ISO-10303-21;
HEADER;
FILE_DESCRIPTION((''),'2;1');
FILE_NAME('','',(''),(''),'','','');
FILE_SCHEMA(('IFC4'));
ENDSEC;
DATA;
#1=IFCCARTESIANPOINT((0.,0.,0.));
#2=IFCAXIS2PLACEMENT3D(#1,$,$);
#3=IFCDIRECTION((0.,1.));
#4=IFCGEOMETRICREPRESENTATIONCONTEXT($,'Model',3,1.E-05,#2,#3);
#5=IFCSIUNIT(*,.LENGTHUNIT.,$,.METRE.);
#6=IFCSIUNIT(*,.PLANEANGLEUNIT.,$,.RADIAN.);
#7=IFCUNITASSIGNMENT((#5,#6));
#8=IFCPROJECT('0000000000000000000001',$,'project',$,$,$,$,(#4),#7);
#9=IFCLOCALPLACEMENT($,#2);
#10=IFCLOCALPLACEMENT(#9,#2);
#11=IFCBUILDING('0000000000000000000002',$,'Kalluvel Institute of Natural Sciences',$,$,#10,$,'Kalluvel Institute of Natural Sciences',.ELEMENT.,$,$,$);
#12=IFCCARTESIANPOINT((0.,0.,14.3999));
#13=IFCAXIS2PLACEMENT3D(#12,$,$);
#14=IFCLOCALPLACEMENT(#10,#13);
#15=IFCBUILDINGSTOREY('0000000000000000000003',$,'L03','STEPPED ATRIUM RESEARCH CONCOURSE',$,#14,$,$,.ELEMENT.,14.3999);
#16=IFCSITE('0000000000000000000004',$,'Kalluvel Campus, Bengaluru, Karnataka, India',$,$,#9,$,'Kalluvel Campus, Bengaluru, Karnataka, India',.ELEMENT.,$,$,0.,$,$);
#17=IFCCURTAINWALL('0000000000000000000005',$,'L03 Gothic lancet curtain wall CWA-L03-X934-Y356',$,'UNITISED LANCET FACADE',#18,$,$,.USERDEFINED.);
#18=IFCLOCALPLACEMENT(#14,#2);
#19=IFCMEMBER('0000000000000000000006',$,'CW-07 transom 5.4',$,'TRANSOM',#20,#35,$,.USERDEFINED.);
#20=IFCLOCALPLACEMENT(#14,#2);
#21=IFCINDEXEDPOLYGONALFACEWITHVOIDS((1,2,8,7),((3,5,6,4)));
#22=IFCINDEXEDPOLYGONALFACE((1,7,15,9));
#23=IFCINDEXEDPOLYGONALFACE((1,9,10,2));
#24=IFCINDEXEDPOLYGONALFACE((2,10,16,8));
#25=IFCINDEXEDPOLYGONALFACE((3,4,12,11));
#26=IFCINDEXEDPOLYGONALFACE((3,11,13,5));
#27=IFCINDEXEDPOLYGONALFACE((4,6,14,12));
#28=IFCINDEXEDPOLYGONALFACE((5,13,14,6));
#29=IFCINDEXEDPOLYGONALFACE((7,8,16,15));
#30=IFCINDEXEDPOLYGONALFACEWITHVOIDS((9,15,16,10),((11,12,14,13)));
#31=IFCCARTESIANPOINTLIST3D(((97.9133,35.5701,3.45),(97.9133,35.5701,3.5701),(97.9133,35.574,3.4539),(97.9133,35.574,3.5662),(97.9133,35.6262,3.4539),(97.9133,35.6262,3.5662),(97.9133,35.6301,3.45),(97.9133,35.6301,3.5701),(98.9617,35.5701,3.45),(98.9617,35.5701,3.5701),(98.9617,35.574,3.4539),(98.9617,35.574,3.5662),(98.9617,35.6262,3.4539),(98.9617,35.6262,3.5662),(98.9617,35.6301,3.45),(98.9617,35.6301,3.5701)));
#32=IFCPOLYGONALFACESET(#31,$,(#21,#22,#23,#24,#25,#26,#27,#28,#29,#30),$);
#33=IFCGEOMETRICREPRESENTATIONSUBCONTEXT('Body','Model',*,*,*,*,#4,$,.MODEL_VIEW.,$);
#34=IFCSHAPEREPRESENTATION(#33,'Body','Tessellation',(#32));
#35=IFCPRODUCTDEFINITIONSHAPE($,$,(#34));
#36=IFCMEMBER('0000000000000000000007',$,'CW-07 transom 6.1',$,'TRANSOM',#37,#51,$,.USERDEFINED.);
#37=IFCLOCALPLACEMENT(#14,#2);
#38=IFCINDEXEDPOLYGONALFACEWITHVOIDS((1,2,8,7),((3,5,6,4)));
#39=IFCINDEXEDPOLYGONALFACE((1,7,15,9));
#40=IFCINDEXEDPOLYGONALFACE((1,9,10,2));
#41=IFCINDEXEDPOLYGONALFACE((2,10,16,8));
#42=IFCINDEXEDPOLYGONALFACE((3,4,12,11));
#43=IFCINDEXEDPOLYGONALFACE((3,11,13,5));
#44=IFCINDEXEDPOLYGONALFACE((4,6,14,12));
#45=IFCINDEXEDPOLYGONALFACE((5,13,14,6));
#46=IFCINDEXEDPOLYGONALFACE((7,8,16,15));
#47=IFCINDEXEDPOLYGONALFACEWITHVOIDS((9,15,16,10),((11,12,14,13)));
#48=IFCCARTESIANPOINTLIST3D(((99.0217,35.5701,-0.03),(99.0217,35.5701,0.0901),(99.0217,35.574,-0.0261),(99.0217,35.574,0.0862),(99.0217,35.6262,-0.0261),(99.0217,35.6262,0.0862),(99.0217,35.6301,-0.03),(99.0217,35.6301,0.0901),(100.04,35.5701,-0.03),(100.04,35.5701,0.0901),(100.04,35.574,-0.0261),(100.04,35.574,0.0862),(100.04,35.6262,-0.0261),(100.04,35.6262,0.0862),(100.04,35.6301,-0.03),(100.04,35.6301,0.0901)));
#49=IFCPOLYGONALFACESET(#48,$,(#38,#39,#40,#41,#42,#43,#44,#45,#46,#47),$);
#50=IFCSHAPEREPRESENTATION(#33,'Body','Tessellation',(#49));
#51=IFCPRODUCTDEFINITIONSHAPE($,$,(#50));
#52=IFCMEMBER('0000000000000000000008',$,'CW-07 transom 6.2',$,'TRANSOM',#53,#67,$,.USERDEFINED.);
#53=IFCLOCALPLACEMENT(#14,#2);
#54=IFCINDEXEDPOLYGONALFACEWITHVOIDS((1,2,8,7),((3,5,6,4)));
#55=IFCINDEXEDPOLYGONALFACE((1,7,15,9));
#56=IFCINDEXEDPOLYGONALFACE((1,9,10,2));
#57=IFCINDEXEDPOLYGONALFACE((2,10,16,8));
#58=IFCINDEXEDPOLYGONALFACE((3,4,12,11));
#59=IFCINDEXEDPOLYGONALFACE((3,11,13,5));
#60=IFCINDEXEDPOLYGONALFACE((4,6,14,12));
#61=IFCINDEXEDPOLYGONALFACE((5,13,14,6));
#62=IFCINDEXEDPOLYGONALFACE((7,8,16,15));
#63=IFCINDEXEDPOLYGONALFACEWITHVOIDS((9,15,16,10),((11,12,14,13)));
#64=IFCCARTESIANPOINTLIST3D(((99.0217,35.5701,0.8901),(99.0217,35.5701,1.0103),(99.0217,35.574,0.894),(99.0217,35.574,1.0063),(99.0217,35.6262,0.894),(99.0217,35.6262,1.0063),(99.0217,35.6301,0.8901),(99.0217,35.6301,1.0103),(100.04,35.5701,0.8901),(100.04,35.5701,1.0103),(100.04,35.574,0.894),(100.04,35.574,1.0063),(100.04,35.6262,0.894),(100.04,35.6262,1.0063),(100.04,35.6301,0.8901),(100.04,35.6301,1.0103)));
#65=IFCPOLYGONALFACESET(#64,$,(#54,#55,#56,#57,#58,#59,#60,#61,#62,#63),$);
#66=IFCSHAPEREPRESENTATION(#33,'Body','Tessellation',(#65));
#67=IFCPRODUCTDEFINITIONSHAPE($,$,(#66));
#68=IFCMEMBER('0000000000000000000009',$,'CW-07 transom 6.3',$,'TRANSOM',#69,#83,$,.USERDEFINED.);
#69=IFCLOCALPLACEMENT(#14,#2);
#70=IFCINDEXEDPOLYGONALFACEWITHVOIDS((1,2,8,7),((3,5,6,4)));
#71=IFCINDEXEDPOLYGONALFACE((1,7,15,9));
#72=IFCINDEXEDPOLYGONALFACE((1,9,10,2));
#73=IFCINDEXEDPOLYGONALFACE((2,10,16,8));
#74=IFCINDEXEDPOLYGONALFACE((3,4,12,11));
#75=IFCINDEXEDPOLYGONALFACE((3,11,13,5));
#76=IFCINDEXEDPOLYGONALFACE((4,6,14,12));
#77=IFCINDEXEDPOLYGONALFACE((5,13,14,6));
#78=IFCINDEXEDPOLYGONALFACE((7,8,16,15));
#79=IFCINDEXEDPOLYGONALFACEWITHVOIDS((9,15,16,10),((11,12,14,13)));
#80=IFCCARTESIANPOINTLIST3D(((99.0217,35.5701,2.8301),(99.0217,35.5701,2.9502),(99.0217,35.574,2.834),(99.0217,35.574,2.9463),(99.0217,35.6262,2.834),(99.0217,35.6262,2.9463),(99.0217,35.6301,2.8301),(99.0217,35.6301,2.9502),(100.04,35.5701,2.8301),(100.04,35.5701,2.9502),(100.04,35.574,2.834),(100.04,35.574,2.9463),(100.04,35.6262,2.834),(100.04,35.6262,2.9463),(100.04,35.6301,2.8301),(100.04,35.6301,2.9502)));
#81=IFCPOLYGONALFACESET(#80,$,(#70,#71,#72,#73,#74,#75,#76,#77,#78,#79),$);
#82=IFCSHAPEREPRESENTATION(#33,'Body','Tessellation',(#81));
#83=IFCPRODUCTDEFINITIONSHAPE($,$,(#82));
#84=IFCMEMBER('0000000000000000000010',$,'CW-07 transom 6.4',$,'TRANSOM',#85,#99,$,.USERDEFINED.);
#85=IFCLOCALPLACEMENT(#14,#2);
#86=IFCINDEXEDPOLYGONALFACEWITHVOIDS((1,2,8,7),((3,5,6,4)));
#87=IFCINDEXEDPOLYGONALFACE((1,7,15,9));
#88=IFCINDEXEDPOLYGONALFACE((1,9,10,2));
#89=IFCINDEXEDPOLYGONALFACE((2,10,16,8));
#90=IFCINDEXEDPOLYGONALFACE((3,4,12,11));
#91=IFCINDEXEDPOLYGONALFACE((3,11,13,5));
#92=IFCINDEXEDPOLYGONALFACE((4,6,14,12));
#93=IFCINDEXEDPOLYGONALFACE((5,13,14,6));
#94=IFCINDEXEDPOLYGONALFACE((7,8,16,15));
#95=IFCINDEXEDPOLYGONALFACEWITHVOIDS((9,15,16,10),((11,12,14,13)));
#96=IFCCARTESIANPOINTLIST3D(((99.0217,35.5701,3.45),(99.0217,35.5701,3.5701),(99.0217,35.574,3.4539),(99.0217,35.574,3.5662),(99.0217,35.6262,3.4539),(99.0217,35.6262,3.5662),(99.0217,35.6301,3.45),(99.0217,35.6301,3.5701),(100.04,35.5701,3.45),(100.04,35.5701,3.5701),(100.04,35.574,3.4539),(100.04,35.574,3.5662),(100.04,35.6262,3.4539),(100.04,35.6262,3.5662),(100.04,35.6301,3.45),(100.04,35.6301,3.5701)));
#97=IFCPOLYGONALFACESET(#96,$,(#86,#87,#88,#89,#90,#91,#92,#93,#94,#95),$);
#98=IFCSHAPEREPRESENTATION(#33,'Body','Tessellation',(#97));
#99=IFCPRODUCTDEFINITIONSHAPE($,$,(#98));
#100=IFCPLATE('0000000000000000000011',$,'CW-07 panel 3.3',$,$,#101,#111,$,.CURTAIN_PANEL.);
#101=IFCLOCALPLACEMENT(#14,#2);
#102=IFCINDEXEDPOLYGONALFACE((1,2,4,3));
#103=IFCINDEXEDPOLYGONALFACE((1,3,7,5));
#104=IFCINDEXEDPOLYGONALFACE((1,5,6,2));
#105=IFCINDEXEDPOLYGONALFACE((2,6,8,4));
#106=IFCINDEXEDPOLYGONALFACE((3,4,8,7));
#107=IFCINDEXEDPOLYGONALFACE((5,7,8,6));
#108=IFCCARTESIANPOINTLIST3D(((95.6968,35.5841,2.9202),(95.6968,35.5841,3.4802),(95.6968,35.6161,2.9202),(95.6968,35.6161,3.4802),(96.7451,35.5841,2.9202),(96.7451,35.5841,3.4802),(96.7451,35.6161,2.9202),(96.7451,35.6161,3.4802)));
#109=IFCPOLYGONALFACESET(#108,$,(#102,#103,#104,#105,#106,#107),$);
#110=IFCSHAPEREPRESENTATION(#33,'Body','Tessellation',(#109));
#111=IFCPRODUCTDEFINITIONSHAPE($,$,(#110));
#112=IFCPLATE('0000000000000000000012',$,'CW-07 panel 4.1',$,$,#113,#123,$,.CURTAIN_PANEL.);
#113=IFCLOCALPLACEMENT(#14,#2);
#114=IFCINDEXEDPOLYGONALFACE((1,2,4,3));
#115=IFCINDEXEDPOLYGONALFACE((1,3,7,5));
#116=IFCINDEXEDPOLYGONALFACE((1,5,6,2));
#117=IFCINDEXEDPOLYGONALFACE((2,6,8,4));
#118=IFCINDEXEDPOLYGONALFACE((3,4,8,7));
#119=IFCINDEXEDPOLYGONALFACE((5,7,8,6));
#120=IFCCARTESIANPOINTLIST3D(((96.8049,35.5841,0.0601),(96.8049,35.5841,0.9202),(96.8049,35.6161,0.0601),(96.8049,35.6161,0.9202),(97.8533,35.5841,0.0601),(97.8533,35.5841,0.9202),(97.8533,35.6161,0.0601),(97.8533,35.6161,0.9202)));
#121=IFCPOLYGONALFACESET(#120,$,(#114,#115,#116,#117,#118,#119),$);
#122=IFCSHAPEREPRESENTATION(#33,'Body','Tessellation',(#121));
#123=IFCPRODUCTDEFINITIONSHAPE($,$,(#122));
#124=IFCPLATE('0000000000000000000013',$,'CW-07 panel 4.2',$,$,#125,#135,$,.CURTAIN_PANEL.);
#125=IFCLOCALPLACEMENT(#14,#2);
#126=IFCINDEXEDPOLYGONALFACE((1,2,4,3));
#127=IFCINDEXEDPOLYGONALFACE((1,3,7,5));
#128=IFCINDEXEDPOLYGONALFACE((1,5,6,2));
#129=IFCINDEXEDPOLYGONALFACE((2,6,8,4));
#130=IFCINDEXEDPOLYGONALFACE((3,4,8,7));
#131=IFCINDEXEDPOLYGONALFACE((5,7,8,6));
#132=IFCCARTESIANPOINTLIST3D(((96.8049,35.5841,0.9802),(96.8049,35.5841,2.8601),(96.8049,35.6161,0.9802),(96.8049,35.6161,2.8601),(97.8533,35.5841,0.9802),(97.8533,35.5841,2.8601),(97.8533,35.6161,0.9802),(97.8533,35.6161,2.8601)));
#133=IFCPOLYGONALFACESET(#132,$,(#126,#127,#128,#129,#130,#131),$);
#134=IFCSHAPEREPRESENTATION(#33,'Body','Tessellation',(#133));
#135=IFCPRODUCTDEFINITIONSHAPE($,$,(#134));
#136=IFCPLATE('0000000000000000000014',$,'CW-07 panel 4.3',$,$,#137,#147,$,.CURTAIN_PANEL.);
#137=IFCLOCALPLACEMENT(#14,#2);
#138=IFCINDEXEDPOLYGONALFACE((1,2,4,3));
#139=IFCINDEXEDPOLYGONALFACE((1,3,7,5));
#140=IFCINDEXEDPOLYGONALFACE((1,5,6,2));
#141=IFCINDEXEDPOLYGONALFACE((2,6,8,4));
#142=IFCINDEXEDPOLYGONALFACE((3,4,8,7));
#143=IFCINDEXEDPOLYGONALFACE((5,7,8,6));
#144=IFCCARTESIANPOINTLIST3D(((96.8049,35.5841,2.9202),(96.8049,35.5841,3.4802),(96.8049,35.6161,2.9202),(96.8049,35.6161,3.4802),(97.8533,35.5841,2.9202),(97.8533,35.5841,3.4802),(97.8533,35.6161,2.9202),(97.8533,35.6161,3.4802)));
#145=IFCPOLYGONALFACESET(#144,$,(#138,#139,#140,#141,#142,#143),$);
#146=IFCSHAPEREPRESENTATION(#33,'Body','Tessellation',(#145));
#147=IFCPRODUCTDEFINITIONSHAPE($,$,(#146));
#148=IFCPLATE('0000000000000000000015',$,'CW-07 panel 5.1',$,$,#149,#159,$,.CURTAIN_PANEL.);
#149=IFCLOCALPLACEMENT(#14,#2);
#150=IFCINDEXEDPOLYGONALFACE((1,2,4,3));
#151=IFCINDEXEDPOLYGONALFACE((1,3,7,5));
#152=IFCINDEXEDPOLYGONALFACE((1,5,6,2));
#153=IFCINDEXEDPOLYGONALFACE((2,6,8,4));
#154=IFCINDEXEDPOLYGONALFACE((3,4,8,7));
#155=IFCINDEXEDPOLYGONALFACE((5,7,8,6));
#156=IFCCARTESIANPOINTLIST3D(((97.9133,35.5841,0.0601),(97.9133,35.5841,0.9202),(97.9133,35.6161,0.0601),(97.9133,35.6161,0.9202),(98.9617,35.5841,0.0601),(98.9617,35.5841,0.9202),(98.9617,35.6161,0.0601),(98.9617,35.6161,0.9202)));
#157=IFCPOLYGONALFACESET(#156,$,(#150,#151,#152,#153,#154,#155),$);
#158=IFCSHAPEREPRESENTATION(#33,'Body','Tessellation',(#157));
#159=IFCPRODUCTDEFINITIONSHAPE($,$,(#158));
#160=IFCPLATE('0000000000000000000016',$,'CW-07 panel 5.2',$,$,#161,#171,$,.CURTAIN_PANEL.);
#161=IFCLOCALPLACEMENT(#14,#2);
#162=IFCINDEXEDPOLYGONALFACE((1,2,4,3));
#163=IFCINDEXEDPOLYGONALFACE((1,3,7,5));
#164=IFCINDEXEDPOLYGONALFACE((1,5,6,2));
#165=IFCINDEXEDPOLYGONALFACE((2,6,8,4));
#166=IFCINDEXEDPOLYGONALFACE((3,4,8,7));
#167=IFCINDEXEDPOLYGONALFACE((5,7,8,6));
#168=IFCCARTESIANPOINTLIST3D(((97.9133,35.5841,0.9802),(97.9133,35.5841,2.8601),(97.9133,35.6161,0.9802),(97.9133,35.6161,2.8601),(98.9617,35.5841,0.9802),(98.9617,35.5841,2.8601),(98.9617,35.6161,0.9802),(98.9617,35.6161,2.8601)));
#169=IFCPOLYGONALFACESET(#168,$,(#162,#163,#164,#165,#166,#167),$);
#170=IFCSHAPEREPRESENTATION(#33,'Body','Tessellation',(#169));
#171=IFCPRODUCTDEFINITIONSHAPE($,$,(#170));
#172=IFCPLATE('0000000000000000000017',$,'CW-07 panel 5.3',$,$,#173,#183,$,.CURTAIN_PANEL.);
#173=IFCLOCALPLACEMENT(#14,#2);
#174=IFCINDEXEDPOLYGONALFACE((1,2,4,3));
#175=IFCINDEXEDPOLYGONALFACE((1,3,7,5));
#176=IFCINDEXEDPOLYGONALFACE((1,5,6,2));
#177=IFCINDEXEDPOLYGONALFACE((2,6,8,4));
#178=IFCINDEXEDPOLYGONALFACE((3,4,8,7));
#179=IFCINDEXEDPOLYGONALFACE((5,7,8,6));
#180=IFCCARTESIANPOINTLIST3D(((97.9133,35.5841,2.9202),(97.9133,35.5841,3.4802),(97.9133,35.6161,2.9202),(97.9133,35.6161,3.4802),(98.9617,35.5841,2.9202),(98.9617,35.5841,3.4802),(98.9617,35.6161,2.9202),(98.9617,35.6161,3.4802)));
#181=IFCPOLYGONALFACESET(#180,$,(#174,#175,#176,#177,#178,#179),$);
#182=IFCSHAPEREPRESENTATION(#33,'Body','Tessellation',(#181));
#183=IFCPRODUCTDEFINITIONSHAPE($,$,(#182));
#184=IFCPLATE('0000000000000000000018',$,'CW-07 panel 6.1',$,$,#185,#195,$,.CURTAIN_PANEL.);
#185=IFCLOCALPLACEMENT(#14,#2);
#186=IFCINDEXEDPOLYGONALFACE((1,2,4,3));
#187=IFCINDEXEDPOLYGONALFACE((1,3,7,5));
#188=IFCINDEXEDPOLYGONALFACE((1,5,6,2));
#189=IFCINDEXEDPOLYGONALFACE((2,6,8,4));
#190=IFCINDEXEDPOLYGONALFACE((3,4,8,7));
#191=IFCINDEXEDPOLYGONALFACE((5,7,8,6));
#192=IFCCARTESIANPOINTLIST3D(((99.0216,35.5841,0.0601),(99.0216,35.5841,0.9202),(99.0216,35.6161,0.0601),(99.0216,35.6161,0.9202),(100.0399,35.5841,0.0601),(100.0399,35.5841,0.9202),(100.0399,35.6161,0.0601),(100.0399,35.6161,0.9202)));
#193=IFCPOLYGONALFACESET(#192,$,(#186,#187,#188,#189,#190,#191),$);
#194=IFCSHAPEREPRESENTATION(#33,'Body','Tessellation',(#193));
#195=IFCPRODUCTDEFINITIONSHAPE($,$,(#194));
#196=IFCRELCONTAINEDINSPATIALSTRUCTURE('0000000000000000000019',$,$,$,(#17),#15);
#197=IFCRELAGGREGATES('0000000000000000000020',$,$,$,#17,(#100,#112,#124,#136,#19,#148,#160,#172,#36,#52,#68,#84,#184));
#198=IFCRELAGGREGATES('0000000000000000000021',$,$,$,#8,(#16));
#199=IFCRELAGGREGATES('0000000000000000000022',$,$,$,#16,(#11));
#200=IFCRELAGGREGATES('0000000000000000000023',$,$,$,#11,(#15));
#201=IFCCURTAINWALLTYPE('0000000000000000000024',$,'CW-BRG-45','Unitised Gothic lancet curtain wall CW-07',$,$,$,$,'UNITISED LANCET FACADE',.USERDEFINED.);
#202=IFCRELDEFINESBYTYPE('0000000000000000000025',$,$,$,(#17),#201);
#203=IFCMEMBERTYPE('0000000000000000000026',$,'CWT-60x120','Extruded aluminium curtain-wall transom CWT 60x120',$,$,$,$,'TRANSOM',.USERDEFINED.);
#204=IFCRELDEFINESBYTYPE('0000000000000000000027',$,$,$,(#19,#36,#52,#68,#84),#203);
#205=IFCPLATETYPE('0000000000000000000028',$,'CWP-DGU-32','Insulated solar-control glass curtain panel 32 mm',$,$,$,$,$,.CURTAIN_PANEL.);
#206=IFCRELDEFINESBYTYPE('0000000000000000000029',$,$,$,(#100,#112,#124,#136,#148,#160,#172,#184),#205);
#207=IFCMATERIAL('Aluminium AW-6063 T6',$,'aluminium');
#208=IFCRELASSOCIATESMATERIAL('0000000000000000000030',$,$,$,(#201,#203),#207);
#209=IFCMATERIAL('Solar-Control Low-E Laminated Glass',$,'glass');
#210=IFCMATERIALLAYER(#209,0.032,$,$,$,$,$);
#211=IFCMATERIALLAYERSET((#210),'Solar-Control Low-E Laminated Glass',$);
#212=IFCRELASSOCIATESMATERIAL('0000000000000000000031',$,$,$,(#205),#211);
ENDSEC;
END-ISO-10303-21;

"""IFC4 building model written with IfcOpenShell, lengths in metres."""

from ifc_helpers import new_model, si_unit, direction, frame, origin, origin_2d, place, context, subcontext, project, spatial, rectangle, hollow_rectangle, extrude, material, layer, layer_set, material_profile, profile_set, type_object, element, aggregate, save


model = new_model("IFC4")

# Units and contexts
model_context = context("Model", 3, precision=1e-05, world=origin(), true_north=direction((0.0, 1.0)))
body_context = subcontext(model_context, "Body", "Model", "MODEL_VIEW")
ifc_project = project(units=[si_unit("LENGTHUNIT", "METRE"), si_unit("PLANEANGLEUNIT", "RADIAN")], contexts=[model_context])

# Site, building, storey
site_placement = place(None, origin())
site = spatial("IfcSite", under=ifc_project, at=site_placement, Name="Kalluvel Campus, Bengaluru, Karnataka, India", LongName="Kalluvel Campus, Bengaluru, Karnataka, India", CompositionType="ELEMENT", RefElevation=0.0)
building_placement = place(site_placement, origin())
building = spatial("IfcBuilding", under=site, at=building_placement, Name="Kalluvel Institute of Natural Sciences", LongName="Kalluvel Institute of Natural Sciences", CompositionType="ELEMENT")
storey_placement = place(building_placement, frame((0.0, 0.0, 14.3999)))
storey = spatial("IfcBuildingStorey", under=building, at=storey_placement, Name="L03", Description="STEPPED ATRIUM RESEARCH CONCOURSE", CompositionType="ELEMENT", Elevation=14.3999)

# Curtain wall, members, plates
ifc_material_1 = material(Name="Aluminium AW-6063 T6", Category="aluminium")
curtain_wall_type = type_object("IfcCurtainWallType", Name="CW-BRG-45", Description="Unitised Gothic lancet curtain wall CW-07", ElementType="UNITISED LANCET FACADE", PredefinedType="USERDEFINED", material=ifc_material_1)
curtain_wall_placement = place(storey_placement, origin())
curtain_wall = element("IfcCurtainWall", 1, at=curtain_wall_placement, inside=storey, type_object=curtain_wall_type, Name="L03 Gothic lancet curtain wall CWA-L03-X934-Y356", ObjectType="UNITISED LANCET FACADE", PredefinedType="USERDEFINED")
ifc_material_profile_1 = material_profile(ifc_material_1, hollow_rectangle(XDim=0.0601, YDim=0.1201, WallThickness=0.0039, at=origin_2d()), Name="CWT 60x120")
ifc_profile_set_1 = profile_set([ifc_material_profile_1], Name="Aluminium AW-6063 T6")
member_type_1 = type_object("IfcMemberType", Name="CWT-60x120", Description="Extruded aluminium curtain-wall transom CWT 60x120", ElementType="TRANSOM", PredefinedType="USERDEFINED", material=ifc_profile_set_1)
member_1_placement = place(storey_placement, frame((97.9133, 35.6001, 3.51), z_axis=(1.0, 0.0, 0.0), x_axis=(0.0, 1.0, 0.0)))
member_1 = element("IfcMember", 2, at=member_1_placement, type_object=member_type_1, Name="CW-07 transom 5.4", ObjectType="TRANSOM", PredefinedType="USERDEFINED", context=body_context, shape_type="SweptSolid", body=[
    extrude(hollow_rectangle(XDim=0.0601, YDim=0.1201, WallThickness=0.0039, at=origin_2d()), origin(), (0.0, 0.0, 1.0), 1.0483),
])
member_2_placement = place(storey_placement, frame((99.0217, 35.6001, 0.03), z_axis=(1.0, 0.0, 0.0), x_axis=(0.0, 1.0, 0.0)))
member_2 = element("IfcMember", 3, at=member_2_placement, type_object=member_type_1, Name="CW-07 transom 6.1", ObjectType="TRANSOM", PredefinedType="USERDEFINED", context=body_context, shape_type="SweptSolid", body=[
    extrude(hollow_rectangle(XDim=0.0601, YDim=0.1201, WallThickness=0.0039, at=origin_2d()), origin(), (0.0, 0.0, 1.0), 1.0183),
])
member_3_placement = place(storey_placement, frame((99.0217, 35.6001, 0.9502), z_axis=(1.0, 0.0, 0.0), x_axis=(0.0, 1.0, 0.0)))
member_3 = element("IfcMember", 4, at=member_3_placement, type_object=member_type_1, Name="CW-07 transom 6.2", ObjectType="TRANSOM", PredefinedType="USERDEFINED", context=body_context, shape_type="SweptSolid", body=[
    extrude(hollow_rectangle(XDim=0.0601, YDim=0.1201, WallThickness=0.0039, at=origin_2d()), origin(), (0.0, 0.0, 1.0), 1.0183),
])
member_4_placement = place(storey_placement, frame((99.0217, 35.6001, 2.8901), z_axis=(1.0, 0.0, 0.0), x_axis=(0.0, 1.0, 0.0)))
member_4 = element("IfcMember", 5, at=member_4_placement, type_object=member_type_1, Name="CW-07 transom 6.3", ObjectType="TRANSOM", PredefinedType="USERDEFINED", context=body_context, shape_type="SweptSolid", body=[
    extrude(hollow_rectangle(XDim=0.0601, YDim=0.1201, WallThickness=0.0039, at=origin_2d()), origin(), (0.0, 0.0, 1.0), 1.0183),
])
member_5_placement = place(storey_placement, frame((99.0217, 35.6001, 3.51), z_axis=(1.0, 0.0, 0.0), x_axis=(0.0, 1.0, 0.0)))
member_5 = element("IfcMember", 6, at=member_5_placement, type_object=member_type_1, Name="CW-07 transom 6.4", ObjectType="TRANSOM", PredefinedType="USERDEFINED", context=body_context, shape_type="SweptSolid", body=[
    extrude(hollow_rectangle(XDim=0.0601, YDim=0.1201, WallThickness=0.0039, at=origin_2d()), origin(), (0.0, 0.0, 1.0), 1.0183),
])
ifc_material_2 = material(Name="Solar-Control Low-E Laminated Glass", Category="glass")
ifc_layer = layer(ifc_material_2, 0.032)
ifc_layer_set = layer_set([ifc_layer], Name="Solar-Control Low-E Laminated Glass")
plate_type = type_object("IfcPlateType", Name="CWP-DGU-32", Description="Insulated solar-control glass curtain panel 32 mm", PredefinedType="CURTAIN_PANEL", material=ifc_layer_set)
plate_1_placement = place(storey_placement, frame((96.2209, 35.6001, 2.9202), z_axis=(0.0, 0.0, 1.0), x_axis=(1.0, 0.0, 0.0)))
plate_1 = element("IfcPlate", 7, at=plate_1_placement, type_object=plate_type, Name="CW-07 panel 3.3", PredefinedType="CURTAIN_PANEL", context=body_context, shape_type="SweptSolid", body=[
    extrude(rectangle(XDim=1.0483, YDim=0.032, at=origin_2d()), origin(), (0.0, 0.0, 1.0), 0.5601),
])
plate_2_placement = place(storey_placement, frame((97.3291, 35.6001, 0.0601), z_axis=(0.0, 0.0, 1.0), x_axis=(1.0, 0.0, 0.0)))
plate_2 = element("IfcPlate", 8, at=plate_2_placement, type_object=plate_type, Name="CW-07 panel 4.1", PredefinedType="CURTAIN_PANEL", context=body_context, shape_type="SweptSolid", body=[
    extrude(rectangle(XDim=1.0483, YDim=0.032, at=origin_2d()), origin(), (0.0, 0.0, 1.0), 0.8601),
])
plate_3_placement = place(storey_placement, frame((97.3291, 35.6001, 0.9802), z_axis=(0.0, 0.0, 1.0), x_axis=(1.0, 0.0, 0.0)))
plate_3 = element("IfcPlate", 9, at=plate_3_placement, type_object=plate_type, Name="CW-07 panel 4.2", PredefinedType="CURTAIN_PANEL", context=body_context, shape_type="SweptSolid", body=[
    extrude(rectangle(XDim=1.0483, YDim=0.032, at=origin_2d()), origin(), (0.0, 0.0, 1.0), 1.8799),
])
plate_4_placement = place(storey_placement, frame((97.3291, 35.6001, 2.9202), z_axis=(0.0, 0.0, 1.0), x_axis=(1.0, 0.0, 0.0)))
plate_4 = element("IfcPlate", 10, at=plate_4_placement, type_object=plate_type, Name="CW-07 panel 4.3", PredefinedType="CURTAIN_PANEL", context=body_context, shape_type="SweptSolid", body=[
    extrude(rectangle(XDim=1.0483, YDim=0.032, at=origin_2d()), origin(), (0.0, 0.0, 1.0), 0.5601),
])
plate_5_placement = place(storey_placement, frame((98.4375, 35.6001, 0.0601), z_axis=(0.0, 0.0, 1.0), x_axis=(1.0, 0.0, 0.0)))
plate_5 = element("IfcPlate", 11, at=plate_5_placement, type_object=plate_type, Name="CW-07 panel 5.1", PredefinedType="CURTAIN_PANEL", context=body_context, shape_type="SweptSolid", body=[
    extrude(rectangle(XDim=1.0483, YDim=0.032, at=origin_2d()), origin(), (0.0, 0.0, 1.0), 0.8601),
])
plate_6_placement = place(storey_placement, frame((98.4375, 35.6001, 0.9802), z_axis=(0.0, 0.0, 1.0), x_axis=(1.0, 0.0, 0.0)))
plate_6 = element("IfcPlate", 12, at=plate_6_placement, type_object=plate_type, Name="CW-07 panel 5.2", PredefinedType="CURTAIN_PANEL", context=body_context, shape_type="SweptSolid", body=[
    extrude(rectangle(XDim=1.0483, YDim=0.032, at=origin_2d()), origin(), (0.0, 0.0, 1.0), 1.8799),
])
plate_7_placement = place(storey_placement, frame((98.4375, 35.6001, 2.9202), z_axis=(0.0, 0.0, 1.0), x_axis=(1.0, 0.0, 0.0)))
plate_7 = element("IfcPlate", 13, at=plate_7_placement, type_object=plate_type, Name="CW-07 panel 5.3", PredefinedType="CURTAIN_PANEL", context=body_context, shape_type="SweptSolid", body=[
    extrude(rectangle(XDim=1.0483, YDim=0.032, at=origin_2d()), origin(), (0.0, 0.0, 1.0), 0.5601),
])
plate_8_placement = place(storey_placement, frame((99.5308, 35.6001, 0.0601), z_axis=(0.0, 0.0, 1.0), x_axis=(1.0, 0.0, 0.0)))
plate_8 = element("IfcPlate", 14, at=plate_8_placement, type_object=plate_type, Name="CW-07 panel 6.1", PredefinedType="CURTAIN_PANEL", context=body_context, shape_type="SweptSolid", body=[
    extrude(rectangle(XDim=1.0183, YDim=0.032, at=origin_2d()), origin(), (0.0, 0.0, 1.0), 0.8601),
])
aggregate(curtain_wall, [plate_1, plate_2, plate_3, plate_4, member_1, plate_5, plate_6, plate_7, member_2, member_3, member_4, member_5, plate_8])

save(model, "model.ifc")
